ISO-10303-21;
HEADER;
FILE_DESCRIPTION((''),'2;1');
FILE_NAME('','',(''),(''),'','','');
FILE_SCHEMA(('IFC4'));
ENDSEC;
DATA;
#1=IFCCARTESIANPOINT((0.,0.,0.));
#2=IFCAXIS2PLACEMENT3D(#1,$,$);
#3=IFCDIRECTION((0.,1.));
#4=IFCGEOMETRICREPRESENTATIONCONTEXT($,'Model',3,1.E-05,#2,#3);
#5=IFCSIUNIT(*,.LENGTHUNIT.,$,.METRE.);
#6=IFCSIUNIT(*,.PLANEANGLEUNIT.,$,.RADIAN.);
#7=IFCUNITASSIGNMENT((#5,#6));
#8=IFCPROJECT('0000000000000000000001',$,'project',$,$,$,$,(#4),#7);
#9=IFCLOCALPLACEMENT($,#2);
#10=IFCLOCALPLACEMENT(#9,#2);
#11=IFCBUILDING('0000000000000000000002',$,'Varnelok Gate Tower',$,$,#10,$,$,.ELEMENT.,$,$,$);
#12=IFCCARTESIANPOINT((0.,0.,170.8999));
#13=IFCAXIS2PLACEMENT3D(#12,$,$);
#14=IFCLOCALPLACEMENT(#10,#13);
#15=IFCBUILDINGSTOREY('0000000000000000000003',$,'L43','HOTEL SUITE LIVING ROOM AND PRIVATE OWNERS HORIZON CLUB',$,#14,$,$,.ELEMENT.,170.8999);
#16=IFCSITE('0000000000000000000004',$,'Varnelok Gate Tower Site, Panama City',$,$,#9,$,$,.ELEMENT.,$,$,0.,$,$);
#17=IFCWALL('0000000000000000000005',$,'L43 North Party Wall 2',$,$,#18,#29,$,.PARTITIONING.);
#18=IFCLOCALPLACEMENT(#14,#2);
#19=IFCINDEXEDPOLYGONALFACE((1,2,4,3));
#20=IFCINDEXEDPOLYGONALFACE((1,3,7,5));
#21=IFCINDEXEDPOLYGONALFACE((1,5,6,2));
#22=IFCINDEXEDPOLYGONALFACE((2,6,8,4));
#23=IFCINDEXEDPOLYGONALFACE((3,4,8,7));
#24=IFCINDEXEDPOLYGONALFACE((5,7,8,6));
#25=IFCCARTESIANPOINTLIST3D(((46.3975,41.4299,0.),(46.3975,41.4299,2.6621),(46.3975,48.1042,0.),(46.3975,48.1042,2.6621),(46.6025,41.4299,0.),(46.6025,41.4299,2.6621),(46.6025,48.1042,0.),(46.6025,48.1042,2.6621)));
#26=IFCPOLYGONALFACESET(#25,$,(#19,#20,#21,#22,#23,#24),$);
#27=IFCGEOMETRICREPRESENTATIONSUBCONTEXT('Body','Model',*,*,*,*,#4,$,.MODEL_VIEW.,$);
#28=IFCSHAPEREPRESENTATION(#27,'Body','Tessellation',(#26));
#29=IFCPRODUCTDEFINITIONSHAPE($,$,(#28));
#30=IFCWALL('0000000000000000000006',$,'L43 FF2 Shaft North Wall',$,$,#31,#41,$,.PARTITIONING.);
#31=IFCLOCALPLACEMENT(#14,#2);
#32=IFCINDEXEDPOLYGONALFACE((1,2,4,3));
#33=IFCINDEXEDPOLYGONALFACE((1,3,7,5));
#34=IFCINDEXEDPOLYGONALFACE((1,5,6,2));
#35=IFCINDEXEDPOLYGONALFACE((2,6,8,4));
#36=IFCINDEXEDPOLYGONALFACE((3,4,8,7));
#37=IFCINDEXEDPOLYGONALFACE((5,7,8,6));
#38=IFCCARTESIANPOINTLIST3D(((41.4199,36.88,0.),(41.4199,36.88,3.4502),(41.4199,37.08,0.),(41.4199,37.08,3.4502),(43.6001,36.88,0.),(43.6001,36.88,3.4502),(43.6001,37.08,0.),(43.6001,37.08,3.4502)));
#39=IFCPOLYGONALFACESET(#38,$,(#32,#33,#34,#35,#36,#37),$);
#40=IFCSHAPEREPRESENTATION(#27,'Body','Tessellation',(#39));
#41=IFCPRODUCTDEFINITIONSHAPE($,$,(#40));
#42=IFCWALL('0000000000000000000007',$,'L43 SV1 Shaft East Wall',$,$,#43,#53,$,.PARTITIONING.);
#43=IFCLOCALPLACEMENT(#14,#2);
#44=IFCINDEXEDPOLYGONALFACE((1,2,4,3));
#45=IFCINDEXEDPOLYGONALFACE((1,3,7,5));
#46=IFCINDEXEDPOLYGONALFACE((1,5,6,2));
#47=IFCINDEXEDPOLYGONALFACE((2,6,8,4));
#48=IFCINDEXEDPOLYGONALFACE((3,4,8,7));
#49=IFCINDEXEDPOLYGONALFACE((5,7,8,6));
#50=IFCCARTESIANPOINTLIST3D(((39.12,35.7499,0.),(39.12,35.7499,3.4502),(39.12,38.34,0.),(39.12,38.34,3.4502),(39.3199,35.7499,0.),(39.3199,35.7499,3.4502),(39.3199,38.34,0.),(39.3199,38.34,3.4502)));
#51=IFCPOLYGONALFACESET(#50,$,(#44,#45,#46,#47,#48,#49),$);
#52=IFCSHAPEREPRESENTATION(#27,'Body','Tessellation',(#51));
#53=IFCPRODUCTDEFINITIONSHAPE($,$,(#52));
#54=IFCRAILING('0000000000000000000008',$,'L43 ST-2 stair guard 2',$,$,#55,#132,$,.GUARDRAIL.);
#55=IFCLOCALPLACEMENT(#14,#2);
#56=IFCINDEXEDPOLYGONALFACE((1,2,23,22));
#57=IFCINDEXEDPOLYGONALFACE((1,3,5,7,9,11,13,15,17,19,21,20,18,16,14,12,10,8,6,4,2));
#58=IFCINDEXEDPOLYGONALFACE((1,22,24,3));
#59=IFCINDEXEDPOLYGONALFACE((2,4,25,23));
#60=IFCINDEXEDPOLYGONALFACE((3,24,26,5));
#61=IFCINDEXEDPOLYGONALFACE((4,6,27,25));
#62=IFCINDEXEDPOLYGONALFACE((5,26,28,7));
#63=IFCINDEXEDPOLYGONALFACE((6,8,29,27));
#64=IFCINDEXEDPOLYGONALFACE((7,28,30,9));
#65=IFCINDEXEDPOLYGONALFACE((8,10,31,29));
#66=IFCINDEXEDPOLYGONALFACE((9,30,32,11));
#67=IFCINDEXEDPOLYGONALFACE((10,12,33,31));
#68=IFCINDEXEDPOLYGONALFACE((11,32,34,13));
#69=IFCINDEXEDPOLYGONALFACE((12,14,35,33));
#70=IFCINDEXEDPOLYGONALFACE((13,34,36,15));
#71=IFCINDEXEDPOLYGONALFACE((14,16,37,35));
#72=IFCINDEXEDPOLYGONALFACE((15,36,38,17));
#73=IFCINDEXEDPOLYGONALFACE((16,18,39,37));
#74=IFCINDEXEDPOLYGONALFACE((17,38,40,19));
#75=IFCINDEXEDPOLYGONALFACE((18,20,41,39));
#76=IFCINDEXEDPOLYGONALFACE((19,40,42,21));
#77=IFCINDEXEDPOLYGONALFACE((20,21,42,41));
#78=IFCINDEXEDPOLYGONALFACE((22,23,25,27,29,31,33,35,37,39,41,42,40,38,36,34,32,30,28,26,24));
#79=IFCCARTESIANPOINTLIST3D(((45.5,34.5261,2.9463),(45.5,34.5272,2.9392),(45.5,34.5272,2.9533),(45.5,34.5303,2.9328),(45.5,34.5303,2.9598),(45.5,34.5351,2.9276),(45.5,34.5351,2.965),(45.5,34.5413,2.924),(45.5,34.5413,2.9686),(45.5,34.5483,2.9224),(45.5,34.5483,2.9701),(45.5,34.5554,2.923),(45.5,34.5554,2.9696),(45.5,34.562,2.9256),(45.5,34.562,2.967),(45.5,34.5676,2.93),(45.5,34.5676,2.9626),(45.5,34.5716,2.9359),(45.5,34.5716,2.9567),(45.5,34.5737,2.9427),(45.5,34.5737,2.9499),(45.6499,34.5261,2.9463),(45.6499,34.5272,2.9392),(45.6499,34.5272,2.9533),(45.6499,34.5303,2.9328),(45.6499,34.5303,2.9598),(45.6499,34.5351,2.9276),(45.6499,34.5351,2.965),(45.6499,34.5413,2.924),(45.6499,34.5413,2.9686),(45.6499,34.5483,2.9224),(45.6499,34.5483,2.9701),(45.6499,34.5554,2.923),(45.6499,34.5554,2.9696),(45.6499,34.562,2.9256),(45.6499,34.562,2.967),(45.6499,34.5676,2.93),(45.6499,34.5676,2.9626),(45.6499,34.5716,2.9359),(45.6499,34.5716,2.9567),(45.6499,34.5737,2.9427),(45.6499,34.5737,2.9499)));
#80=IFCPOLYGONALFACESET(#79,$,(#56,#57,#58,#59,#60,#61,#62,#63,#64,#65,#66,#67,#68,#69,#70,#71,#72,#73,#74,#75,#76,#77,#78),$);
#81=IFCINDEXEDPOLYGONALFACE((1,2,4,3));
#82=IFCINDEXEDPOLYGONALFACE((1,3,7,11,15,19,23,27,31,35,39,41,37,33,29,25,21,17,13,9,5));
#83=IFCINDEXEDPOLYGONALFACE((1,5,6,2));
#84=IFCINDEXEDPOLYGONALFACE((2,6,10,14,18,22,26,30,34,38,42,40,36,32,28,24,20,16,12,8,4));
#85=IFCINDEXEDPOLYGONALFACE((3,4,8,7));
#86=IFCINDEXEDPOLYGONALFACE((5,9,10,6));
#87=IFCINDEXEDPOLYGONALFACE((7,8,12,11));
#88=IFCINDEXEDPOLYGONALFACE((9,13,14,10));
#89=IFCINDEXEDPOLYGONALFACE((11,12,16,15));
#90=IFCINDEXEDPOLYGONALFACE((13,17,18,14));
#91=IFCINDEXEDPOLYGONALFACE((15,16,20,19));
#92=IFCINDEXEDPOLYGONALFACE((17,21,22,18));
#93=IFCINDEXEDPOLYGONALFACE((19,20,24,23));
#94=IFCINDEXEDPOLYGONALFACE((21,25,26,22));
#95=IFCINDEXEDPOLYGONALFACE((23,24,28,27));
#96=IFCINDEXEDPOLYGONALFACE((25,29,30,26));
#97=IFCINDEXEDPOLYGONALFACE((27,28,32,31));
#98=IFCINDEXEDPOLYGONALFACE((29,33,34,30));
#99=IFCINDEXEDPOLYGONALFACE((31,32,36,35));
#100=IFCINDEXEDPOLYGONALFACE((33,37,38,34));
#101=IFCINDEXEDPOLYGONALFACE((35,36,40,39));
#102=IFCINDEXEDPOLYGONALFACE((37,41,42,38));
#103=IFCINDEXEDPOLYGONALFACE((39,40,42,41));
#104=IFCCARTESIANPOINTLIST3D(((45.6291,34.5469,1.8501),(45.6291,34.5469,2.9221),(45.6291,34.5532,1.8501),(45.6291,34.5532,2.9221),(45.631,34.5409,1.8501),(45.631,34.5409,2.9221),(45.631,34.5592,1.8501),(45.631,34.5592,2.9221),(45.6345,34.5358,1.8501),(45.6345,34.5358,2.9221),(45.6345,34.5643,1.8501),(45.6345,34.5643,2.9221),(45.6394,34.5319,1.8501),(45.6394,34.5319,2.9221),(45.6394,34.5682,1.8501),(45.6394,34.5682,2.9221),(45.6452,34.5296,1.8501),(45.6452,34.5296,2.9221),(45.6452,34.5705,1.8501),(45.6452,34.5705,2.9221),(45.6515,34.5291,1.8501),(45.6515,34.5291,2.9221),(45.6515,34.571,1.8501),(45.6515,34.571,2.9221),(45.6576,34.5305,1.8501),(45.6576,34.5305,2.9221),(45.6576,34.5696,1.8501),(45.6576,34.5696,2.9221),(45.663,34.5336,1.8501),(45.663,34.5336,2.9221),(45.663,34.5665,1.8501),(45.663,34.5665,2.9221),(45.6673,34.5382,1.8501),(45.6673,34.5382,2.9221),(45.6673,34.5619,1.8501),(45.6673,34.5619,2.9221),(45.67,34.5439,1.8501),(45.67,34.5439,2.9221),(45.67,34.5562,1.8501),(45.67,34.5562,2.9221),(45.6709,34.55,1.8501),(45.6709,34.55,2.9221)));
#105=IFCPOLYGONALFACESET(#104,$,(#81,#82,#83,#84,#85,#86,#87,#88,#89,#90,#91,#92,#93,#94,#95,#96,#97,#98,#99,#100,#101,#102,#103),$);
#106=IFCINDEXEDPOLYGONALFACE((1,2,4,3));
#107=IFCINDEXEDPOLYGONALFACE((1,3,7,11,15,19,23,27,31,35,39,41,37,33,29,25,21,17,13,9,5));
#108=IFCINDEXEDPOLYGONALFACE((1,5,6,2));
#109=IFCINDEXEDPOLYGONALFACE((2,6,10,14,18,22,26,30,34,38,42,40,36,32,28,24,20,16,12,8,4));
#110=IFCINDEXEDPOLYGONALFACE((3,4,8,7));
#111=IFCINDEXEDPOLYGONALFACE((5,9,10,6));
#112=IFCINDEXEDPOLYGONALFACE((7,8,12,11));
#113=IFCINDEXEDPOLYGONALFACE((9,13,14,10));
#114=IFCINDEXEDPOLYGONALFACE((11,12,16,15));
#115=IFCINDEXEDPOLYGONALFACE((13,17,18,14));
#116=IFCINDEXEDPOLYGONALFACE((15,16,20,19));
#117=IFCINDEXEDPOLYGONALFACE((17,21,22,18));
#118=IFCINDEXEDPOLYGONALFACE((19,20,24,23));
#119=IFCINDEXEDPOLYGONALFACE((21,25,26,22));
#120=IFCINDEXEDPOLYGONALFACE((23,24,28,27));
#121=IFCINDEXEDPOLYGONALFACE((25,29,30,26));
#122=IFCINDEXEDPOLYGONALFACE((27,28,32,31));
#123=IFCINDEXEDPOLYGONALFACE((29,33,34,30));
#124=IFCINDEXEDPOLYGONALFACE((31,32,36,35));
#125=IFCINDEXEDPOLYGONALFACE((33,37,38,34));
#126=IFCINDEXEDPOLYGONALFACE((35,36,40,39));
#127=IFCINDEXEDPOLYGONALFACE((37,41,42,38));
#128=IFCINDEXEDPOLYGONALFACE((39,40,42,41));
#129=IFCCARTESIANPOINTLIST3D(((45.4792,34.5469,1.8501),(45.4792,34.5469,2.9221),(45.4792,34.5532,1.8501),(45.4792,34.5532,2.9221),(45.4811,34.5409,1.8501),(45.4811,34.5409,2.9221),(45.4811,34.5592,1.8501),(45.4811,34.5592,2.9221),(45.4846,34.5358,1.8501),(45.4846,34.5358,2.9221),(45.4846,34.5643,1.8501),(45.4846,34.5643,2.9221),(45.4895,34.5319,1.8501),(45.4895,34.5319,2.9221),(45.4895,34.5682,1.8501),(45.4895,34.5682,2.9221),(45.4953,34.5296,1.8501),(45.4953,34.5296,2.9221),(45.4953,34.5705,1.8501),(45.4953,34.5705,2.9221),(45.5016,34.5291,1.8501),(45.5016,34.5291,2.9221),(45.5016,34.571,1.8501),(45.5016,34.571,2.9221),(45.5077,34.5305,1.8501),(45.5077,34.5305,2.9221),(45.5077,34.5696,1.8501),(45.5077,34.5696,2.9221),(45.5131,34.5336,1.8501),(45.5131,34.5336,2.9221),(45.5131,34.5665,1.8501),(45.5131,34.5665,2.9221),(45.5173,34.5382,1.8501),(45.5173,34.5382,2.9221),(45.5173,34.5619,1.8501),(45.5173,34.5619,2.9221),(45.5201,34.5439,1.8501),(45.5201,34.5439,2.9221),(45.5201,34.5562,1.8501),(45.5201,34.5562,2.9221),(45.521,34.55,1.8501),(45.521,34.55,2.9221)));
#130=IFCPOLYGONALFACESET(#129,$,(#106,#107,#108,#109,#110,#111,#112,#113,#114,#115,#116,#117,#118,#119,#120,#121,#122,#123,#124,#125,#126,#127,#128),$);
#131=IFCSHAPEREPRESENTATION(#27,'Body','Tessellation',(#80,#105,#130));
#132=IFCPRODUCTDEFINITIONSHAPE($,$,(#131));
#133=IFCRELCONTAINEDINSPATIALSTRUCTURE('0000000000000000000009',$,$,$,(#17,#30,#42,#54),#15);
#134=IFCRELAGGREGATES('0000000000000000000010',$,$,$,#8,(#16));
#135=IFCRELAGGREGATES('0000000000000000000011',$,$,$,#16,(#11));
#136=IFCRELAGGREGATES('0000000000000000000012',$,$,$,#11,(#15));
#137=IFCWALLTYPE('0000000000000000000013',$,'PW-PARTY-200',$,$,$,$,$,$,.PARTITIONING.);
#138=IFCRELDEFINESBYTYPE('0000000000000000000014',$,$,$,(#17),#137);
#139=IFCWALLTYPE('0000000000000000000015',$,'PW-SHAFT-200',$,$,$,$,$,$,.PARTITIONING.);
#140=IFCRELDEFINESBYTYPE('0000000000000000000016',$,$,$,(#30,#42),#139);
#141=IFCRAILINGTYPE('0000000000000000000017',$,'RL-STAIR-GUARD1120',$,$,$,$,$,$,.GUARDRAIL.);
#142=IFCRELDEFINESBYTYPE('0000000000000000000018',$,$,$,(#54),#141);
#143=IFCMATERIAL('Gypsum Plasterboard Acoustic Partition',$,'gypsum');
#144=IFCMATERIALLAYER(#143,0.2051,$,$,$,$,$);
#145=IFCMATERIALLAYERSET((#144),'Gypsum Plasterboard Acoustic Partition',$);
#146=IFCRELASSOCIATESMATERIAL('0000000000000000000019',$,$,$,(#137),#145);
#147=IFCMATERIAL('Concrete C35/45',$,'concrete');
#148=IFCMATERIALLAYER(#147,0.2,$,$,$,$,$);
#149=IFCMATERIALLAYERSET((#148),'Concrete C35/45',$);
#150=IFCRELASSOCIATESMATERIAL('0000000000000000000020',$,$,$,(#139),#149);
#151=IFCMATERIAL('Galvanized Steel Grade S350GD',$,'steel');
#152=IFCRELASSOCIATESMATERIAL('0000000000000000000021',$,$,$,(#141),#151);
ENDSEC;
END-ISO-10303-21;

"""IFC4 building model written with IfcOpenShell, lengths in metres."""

from ifc_helpers import new_model, si_unit, direction, frame, frame_2d, origin, origin_2d, place, context, subcontext, project, spatial, rectangle, circle, extrude, material, layer, layer_set, type_object, element, save


model = new_model("IFC4")

# Units and contexts
model_context = context("Model", 3, precision=1e-05, world=origin(), true_north=direction((0.0, 1.0)))
body_context = subcontext(model_context, "Body", "Model", "MODEL_VIEW")
ifc_project = project(units=[si_unit("LENGTHUNIT", "METRE"), si_unit("PLANEANGLEUNIT", "RADIAN")], contexts=[model_context])

# Site, building, storey
site_placement = place(None, origin())
site = spatial("IfcSite", under=ifc_project, at=site_placement, Name="Varnelok Gate Tower Site, Panama City", CompositionType="ELEMENT", RefElevation=0.0)
building_placement = place(site_placement, origin())
building = spatial("IfcBuilding", under=site, at=building_placement, Name="Varnelok Gate Tower", CompositionType="ELEMENT")
storey_placement = place(building_placement, frame((0.0, 0.0, 170.8999)))
storey = spatial("IfcBuildingStorey", under=building, at=storey_placement, Name="L43", Description="HOTEL SUITE LIVING ROOM AND PRIVATE OWNERS HORIZON CLUB", CompositionType="ELEMENT", Elevation=170.8999)

# Shared definitions
ifc_material_1 = material(Name="Gypsum Plasterboard Acoustic Partition", Category="gypsum")

# Shared definitions
ifc_material_2 = material(Name="Galvanized Steel Grade S350GD", Category="steel")

# Walls
ifc_layer_1 = layer(ifc_material_1, 0.2051)
ifc_layer_set_1 = layer_set([ifc_layer_1], Name="Gypsum Plasterboard Acoustic Partition")
wall_type_1 = type_object("IfcWallType", Name="PW-PARTY-200", PredefinedType="PARTITIONING", material=ifc_layer_set_1)
wall_1_placement = place(storey_placement, frame((46.5, 41.4299, 0.0), z_axis=(0.0, 0.0, 1.0), x_axis=(0.0, 1.0, 0.0)))
element("IfcWall", 1, at=wall_1_placement, inside=storey, type_object=wall_type_1, Name="L43 North Party Wall 2", PredefinedType="PARTITIONING", context=body_context, shape_type="SweptSolid", body=[
    extrude(rectangle(XDim=6.6743, YDim=0.2051, at=frame_2d((3.3372, 0.0))), origin(), (0.0, 0.0, 1.0), 2.6621),
])
ifc_material_3 = material(Name="Concrete C35/45", Category="concrete")
ifc_layer_2 = layer(ifc_material_3, 0.2)
ifc_layer_set_2 = layer_set([ifc_layer_2], Name="Concrete C35/45")
wall_type_2 = type_object("IfcWallType", Name="PW-SHAFT-200", PredefinedType="PARTITIONING", material=ifc_layer_set_2)
wall_2_placement = place(storey_placement, frame((41.4199, 36.98, 0.0), z_axis=(0.0, 0.0, 1.0), x_axis=(1.0, 0.0, 0.0)))
element("IfcWall", 2, at=wall_2_placement, inside=storey, type_object=wall_type_2, Name="L43 FF2 Shaft North Wall", PredefinedType="PARTITIONING", context=body_context, shape_type="SweptSolid", body=[
    extrude(rectangle(XDim=2.1802, YDim=0.2, at=frame_2d((1.0901, 0.0))), origin(), (0.0, 0.0, 1.0), 3.4502),
])
wall_3_placement = place(storey_placement, frame((39.22, 35.75, 0.0), z_axis=(0.0, 0.0, 1.0), x_axis=(0.0, 1.0, 0.0)))
element("IfcWall", 3, at=wall_3_placement, inside=storey, type_object=wall_type_2, Name="L43 SV1 Shaft East Wall", PredefinedType="PARTITIONING", context=body_context, shape_type="SweptSolid", body=[
    extrude(rectangle(XDim=2.5901, YDim=0.2, at=frame_2d((1.2949, 0.0))), origin(), (0.0, 0.0, 1.0), 3.4502),
])

# Railing
railing_type_1 = type_object("IfcRailingType", Name="RL-STAIR-GUARD1120", PredefinedType="GUARDRAIL", material=ifc_material_2)
railing_1_placement = place(storey_placement, frame((45.6499, 34.55, 1.8501)))
element("IfcRailing", 4, at=railing_1_placement, inside=storey, type_object=railing_type_1, Name="L43 ST-2 stair guard 2", PredefinedType="GUARDRAIL", context=body_context, shape_type="SweptSolid", body=[
    extrude(circle(Radius=0.0239, at=origin_2d()), frame((0.0, 0.0, 1.0962), z_axis=(-1.0, 0.0, 0.0), x_axis=(0.0, -1.0, 0.0)), (0.0, 0.0, 1.0), 0.1499),
    extrude(circle(Radius=0.021, at=origin_2d()), origin(), (0.0, 0.0, 1.0), 1.072),
    extrude(circle(Radius=0.021, at=origin_2d()), frame((-0.1499, 0.0, 0.0)), (0.0, 0.0, 1.0), 1.072),
])

save(model, "model.ifc")
